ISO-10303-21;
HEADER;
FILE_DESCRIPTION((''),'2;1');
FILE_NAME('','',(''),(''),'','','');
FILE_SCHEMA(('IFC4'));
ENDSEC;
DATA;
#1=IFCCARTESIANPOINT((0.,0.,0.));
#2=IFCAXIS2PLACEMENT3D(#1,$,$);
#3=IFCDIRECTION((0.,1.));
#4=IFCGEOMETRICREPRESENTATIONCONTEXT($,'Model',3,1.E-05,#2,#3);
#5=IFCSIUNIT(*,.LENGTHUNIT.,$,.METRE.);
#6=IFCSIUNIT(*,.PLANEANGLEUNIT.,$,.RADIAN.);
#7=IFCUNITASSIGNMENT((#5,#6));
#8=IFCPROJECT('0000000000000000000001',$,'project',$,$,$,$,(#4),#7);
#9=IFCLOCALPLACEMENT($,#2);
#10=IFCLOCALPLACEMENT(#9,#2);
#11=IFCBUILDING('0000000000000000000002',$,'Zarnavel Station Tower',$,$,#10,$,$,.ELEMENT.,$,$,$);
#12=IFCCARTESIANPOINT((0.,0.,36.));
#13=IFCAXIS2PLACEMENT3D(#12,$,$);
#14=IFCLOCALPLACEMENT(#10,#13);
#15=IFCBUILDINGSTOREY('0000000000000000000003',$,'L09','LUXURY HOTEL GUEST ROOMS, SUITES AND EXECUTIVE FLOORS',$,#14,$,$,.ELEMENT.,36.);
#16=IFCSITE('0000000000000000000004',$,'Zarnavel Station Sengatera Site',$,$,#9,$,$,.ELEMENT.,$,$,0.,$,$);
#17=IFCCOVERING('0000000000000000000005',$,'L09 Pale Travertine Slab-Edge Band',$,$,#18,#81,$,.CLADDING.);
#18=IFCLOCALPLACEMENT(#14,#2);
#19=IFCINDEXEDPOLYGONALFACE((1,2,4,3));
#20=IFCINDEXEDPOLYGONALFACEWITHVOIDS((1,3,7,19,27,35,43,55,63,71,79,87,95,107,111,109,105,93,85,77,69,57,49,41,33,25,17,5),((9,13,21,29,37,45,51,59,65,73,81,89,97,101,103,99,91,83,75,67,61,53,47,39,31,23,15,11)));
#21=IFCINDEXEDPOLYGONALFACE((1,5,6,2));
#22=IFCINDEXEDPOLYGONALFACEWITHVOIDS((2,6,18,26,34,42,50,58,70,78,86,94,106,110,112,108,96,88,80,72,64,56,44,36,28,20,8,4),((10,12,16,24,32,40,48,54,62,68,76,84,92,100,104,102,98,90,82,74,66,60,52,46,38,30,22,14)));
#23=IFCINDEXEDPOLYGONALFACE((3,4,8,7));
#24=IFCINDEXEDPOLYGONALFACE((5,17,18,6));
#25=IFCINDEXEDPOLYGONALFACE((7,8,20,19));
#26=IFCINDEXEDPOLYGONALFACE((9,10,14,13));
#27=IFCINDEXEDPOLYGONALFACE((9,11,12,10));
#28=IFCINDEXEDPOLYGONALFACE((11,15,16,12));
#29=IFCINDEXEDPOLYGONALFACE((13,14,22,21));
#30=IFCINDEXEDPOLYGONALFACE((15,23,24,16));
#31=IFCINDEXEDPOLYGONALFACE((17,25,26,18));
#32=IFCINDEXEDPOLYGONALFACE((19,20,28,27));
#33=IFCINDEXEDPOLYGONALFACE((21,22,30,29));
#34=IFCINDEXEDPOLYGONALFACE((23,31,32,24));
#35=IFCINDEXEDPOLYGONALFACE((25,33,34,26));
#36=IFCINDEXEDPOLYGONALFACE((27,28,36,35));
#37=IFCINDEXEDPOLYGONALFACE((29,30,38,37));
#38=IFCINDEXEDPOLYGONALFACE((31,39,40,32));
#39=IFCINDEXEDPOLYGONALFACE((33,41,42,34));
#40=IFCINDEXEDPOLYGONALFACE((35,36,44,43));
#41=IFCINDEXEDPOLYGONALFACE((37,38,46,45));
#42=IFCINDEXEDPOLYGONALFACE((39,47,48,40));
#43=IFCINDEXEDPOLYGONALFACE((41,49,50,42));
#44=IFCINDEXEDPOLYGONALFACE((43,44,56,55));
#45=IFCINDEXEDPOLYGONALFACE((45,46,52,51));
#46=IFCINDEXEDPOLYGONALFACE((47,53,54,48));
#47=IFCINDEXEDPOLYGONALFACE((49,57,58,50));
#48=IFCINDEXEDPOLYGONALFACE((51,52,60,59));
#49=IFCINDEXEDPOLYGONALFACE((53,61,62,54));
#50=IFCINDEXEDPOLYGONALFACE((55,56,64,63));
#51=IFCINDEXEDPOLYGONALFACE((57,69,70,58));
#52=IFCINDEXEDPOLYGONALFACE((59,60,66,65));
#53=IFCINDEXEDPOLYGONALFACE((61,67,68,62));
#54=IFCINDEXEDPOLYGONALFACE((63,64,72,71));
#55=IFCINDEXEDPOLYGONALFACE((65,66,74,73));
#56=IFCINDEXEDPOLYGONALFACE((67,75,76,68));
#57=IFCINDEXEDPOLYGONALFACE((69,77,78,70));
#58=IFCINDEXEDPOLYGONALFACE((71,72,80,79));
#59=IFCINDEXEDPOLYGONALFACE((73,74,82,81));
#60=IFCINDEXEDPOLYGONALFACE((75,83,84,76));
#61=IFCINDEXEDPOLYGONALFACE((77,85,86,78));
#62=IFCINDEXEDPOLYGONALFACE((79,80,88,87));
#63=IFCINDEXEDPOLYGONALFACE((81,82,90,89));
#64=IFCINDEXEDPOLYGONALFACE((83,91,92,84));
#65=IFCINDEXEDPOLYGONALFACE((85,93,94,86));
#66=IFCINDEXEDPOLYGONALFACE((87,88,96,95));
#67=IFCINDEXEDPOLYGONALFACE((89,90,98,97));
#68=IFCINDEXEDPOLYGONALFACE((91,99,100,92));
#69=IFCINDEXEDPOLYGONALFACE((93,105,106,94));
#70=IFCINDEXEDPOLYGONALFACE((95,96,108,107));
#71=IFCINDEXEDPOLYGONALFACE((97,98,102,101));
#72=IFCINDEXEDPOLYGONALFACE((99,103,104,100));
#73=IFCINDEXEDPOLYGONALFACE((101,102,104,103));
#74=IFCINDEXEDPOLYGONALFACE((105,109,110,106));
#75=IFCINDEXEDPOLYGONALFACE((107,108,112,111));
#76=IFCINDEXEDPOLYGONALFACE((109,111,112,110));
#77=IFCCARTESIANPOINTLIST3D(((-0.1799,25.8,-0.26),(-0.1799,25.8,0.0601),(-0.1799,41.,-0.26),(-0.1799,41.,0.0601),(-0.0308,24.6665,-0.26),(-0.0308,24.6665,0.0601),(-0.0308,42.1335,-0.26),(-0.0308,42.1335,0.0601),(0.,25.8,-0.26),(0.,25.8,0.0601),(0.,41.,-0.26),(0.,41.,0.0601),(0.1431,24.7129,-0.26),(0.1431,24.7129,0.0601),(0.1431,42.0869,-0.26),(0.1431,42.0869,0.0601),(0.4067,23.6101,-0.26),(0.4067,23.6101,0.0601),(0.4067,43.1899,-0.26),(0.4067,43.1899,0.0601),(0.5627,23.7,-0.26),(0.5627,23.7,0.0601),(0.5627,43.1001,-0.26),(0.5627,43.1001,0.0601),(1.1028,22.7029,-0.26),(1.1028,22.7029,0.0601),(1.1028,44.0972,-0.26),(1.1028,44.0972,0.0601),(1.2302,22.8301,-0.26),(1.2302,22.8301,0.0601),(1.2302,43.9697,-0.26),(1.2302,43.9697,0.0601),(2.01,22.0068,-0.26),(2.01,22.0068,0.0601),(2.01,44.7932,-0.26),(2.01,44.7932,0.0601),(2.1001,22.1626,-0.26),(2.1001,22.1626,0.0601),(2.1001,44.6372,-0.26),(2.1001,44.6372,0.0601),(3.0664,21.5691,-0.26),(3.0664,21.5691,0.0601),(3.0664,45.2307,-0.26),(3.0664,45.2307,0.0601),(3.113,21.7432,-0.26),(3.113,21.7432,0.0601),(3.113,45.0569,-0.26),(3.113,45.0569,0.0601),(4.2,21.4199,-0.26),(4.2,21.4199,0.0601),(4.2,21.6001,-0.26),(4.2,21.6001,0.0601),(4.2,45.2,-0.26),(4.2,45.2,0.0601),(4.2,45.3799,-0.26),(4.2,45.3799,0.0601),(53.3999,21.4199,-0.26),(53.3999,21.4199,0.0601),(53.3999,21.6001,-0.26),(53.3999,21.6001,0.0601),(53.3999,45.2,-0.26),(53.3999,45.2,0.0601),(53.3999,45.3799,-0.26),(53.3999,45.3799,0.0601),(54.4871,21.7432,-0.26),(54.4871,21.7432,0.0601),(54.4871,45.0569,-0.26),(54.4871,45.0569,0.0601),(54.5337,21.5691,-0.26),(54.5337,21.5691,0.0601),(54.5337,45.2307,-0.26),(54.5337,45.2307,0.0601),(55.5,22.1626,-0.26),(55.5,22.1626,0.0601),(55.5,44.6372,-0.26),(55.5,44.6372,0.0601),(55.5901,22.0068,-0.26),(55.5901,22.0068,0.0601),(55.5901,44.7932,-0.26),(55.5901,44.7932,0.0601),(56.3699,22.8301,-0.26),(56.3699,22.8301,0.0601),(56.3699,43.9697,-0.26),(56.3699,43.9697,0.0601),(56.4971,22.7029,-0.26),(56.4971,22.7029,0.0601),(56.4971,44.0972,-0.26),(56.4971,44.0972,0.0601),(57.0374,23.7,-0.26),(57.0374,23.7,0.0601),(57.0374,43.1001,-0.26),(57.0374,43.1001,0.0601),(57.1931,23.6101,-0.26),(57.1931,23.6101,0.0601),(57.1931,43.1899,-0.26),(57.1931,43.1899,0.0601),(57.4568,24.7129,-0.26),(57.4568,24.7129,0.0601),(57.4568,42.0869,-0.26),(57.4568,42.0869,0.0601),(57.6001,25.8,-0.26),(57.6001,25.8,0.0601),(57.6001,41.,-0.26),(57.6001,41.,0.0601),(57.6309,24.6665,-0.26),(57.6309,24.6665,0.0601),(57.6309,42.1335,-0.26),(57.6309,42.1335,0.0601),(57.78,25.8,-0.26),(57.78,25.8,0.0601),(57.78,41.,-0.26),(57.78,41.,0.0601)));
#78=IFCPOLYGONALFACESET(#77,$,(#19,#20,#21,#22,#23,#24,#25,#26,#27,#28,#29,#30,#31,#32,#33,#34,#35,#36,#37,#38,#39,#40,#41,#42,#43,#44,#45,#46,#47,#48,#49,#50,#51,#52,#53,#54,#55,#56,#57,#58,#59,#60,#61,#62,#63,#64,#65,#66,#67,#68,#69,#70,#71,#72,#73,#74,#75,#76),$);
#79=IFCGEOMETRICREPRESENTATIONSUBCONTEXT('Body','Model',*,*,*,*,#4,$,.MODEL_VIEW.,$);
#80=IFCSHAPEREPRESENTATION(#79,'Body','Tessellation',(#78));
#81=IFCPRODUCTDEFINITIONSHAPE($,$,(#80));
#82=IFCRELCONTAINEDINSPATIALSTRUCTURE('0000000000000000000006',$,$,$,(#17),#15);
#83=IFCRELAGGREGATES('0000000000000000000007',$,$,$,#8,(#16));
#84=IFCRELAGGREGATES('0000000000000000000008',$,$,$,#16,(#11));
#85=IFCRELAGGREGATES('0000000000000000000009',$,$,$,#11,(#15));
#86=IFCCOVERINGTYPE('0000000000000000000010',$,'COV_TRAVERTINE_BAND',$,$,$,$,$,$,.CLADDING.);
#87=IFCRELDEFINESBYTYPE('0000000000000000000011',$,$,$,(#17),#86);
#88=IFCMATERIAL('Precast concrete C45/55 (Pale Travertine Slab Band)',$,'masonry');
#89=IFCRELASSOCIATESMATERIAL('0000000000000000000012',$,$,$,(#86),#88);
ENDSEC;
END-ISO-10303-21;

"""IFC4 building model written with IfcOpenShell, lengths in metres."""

from ifc_helpers import new_model, si_unit, direction, frame, origin, place, context, subcontext, project, spatial, polyline, outline, extrude, material, type_object, element, save


model = new_model("IFC4")

# Units and contexts
model_context = context("Model", 3, precision=1e-05, world=origin(), true_north=direction((0.0, 1.0)))
body_context = subcontext(model_context, "Body", "Model", "MODEL_VIEW")
ifc_project = project(units=[si_unit("LENGTHUNIT", "METRE"), si_unit("PLANEANGLEUNIT", "RADIAN")], contexts=[model_context])

# Site, building, storey
site_placement = place(None, origin())
site = spatial("IfcSite", under=ifc_project, at=site_placement, Name="Zarnavel Station Sengatera Site", CompositionType="ELEMENT", RefElevation=0.0)
building_placement = place(site_placement, origin())
building = spatial("IfcBuilding", under=site, at=building_placement, Name="Zarnavel Station Tower", CompositionType="ELEMENT")
storey_placement = place(building_placement, frame((0.0, 0.0, 36.0)))
storey = spatial("IfcBuildingStorey", under=building, at=storey_placement, Name="L09", Description="LUXURY HOTEL GUEST ROOMS, SUITES AND EXECUTIVE FLOORS", CompositionType="ELEMENT", Elevation=36.0)

# Covering
ifc_material_1 = material(Name="Precast concrete C45/55 (Pale Travertine Slab Band)", Category="masonry")
covering_type_1 = type_object("IfcCoveringType", Name="COV_TRAVERTINE_BAND", PredefinedType="CLADDING", material=ifc_material_1)
covering_1_placement = place(storey_placement, frame((0.0, 0.0, -0.26)))
element("IfcCovering", 1, at=covering_1_placement, inside=storey, type_object=covering_type_1, Name="L09 Pale Travertine Slab-Edge Band", PredefinedType="CLADDING", context=body_context, shape_type="SweptSolid", body=[
    extrude(outline(polyline([(53.3999, 21.4199), (54.5337, 21.5691), (55.5901, 22.0068), (56.4971, 22.7029), (57.1931, 23.6101), (57.6309, 24.6665), (57.78, 25.8), (57.78, 41.0), (57.6309, 42.1335), (57.1931, 43.1899), (56.4971, 44.0972), (55.5901, 44.7932), (54.5337, 45.2307), (53.3999, 45.3799), (4.2, 45.3799), (3.0664, 45.2307), (2.01, 44.7932), (1.1028, 44.0972), (0.4067, 43.1899), (-0.0308, 42.1335), (-0.1799, 41.0), (-0.1799, 25.8), (-0.0308, 24.6665), (0.4067, 23.6101), (1.1028, 22.7029), (2.01, 22.0068), (3.0664, 21.5691), (4.2, 21.4199), (53.3999, 21.4199)]), holes=[polyline([(53.3999, 21.6001), (54.4871, 21.7432), (55.5, 22.1626), (56.3699, 22.8301), (57.0374, 23.7), (57.4568, 24.7129), (57.6001, 25.8), (57.6001, 41.0), (57.4568, 42.0869), (57.0374, 43.1001), (56.3699, 43.9697), (55.5, 44.6372), (54.4871, 45.0569), (53.3999, 45.2), (4.2, 45.2), (3.113, 45.0569), (2.1001, 44.6372), (1.2302, 43.9697), (0.5627, 43.1001), (0.1431, 42.0869), (0.0, 41.0), (0.0, 25.8), (0.1431, 24.7129), (0.5627, 23.7), (1.2302, 22.8301), (2.1001, 22.1626), (3.113, 21.7432), (4.2, 21.6001), (53.3999, 21.6001)])]), origin(), (0.0, 0.0, 1.0), 0.3201),
])

save(model, "model.ifc")
